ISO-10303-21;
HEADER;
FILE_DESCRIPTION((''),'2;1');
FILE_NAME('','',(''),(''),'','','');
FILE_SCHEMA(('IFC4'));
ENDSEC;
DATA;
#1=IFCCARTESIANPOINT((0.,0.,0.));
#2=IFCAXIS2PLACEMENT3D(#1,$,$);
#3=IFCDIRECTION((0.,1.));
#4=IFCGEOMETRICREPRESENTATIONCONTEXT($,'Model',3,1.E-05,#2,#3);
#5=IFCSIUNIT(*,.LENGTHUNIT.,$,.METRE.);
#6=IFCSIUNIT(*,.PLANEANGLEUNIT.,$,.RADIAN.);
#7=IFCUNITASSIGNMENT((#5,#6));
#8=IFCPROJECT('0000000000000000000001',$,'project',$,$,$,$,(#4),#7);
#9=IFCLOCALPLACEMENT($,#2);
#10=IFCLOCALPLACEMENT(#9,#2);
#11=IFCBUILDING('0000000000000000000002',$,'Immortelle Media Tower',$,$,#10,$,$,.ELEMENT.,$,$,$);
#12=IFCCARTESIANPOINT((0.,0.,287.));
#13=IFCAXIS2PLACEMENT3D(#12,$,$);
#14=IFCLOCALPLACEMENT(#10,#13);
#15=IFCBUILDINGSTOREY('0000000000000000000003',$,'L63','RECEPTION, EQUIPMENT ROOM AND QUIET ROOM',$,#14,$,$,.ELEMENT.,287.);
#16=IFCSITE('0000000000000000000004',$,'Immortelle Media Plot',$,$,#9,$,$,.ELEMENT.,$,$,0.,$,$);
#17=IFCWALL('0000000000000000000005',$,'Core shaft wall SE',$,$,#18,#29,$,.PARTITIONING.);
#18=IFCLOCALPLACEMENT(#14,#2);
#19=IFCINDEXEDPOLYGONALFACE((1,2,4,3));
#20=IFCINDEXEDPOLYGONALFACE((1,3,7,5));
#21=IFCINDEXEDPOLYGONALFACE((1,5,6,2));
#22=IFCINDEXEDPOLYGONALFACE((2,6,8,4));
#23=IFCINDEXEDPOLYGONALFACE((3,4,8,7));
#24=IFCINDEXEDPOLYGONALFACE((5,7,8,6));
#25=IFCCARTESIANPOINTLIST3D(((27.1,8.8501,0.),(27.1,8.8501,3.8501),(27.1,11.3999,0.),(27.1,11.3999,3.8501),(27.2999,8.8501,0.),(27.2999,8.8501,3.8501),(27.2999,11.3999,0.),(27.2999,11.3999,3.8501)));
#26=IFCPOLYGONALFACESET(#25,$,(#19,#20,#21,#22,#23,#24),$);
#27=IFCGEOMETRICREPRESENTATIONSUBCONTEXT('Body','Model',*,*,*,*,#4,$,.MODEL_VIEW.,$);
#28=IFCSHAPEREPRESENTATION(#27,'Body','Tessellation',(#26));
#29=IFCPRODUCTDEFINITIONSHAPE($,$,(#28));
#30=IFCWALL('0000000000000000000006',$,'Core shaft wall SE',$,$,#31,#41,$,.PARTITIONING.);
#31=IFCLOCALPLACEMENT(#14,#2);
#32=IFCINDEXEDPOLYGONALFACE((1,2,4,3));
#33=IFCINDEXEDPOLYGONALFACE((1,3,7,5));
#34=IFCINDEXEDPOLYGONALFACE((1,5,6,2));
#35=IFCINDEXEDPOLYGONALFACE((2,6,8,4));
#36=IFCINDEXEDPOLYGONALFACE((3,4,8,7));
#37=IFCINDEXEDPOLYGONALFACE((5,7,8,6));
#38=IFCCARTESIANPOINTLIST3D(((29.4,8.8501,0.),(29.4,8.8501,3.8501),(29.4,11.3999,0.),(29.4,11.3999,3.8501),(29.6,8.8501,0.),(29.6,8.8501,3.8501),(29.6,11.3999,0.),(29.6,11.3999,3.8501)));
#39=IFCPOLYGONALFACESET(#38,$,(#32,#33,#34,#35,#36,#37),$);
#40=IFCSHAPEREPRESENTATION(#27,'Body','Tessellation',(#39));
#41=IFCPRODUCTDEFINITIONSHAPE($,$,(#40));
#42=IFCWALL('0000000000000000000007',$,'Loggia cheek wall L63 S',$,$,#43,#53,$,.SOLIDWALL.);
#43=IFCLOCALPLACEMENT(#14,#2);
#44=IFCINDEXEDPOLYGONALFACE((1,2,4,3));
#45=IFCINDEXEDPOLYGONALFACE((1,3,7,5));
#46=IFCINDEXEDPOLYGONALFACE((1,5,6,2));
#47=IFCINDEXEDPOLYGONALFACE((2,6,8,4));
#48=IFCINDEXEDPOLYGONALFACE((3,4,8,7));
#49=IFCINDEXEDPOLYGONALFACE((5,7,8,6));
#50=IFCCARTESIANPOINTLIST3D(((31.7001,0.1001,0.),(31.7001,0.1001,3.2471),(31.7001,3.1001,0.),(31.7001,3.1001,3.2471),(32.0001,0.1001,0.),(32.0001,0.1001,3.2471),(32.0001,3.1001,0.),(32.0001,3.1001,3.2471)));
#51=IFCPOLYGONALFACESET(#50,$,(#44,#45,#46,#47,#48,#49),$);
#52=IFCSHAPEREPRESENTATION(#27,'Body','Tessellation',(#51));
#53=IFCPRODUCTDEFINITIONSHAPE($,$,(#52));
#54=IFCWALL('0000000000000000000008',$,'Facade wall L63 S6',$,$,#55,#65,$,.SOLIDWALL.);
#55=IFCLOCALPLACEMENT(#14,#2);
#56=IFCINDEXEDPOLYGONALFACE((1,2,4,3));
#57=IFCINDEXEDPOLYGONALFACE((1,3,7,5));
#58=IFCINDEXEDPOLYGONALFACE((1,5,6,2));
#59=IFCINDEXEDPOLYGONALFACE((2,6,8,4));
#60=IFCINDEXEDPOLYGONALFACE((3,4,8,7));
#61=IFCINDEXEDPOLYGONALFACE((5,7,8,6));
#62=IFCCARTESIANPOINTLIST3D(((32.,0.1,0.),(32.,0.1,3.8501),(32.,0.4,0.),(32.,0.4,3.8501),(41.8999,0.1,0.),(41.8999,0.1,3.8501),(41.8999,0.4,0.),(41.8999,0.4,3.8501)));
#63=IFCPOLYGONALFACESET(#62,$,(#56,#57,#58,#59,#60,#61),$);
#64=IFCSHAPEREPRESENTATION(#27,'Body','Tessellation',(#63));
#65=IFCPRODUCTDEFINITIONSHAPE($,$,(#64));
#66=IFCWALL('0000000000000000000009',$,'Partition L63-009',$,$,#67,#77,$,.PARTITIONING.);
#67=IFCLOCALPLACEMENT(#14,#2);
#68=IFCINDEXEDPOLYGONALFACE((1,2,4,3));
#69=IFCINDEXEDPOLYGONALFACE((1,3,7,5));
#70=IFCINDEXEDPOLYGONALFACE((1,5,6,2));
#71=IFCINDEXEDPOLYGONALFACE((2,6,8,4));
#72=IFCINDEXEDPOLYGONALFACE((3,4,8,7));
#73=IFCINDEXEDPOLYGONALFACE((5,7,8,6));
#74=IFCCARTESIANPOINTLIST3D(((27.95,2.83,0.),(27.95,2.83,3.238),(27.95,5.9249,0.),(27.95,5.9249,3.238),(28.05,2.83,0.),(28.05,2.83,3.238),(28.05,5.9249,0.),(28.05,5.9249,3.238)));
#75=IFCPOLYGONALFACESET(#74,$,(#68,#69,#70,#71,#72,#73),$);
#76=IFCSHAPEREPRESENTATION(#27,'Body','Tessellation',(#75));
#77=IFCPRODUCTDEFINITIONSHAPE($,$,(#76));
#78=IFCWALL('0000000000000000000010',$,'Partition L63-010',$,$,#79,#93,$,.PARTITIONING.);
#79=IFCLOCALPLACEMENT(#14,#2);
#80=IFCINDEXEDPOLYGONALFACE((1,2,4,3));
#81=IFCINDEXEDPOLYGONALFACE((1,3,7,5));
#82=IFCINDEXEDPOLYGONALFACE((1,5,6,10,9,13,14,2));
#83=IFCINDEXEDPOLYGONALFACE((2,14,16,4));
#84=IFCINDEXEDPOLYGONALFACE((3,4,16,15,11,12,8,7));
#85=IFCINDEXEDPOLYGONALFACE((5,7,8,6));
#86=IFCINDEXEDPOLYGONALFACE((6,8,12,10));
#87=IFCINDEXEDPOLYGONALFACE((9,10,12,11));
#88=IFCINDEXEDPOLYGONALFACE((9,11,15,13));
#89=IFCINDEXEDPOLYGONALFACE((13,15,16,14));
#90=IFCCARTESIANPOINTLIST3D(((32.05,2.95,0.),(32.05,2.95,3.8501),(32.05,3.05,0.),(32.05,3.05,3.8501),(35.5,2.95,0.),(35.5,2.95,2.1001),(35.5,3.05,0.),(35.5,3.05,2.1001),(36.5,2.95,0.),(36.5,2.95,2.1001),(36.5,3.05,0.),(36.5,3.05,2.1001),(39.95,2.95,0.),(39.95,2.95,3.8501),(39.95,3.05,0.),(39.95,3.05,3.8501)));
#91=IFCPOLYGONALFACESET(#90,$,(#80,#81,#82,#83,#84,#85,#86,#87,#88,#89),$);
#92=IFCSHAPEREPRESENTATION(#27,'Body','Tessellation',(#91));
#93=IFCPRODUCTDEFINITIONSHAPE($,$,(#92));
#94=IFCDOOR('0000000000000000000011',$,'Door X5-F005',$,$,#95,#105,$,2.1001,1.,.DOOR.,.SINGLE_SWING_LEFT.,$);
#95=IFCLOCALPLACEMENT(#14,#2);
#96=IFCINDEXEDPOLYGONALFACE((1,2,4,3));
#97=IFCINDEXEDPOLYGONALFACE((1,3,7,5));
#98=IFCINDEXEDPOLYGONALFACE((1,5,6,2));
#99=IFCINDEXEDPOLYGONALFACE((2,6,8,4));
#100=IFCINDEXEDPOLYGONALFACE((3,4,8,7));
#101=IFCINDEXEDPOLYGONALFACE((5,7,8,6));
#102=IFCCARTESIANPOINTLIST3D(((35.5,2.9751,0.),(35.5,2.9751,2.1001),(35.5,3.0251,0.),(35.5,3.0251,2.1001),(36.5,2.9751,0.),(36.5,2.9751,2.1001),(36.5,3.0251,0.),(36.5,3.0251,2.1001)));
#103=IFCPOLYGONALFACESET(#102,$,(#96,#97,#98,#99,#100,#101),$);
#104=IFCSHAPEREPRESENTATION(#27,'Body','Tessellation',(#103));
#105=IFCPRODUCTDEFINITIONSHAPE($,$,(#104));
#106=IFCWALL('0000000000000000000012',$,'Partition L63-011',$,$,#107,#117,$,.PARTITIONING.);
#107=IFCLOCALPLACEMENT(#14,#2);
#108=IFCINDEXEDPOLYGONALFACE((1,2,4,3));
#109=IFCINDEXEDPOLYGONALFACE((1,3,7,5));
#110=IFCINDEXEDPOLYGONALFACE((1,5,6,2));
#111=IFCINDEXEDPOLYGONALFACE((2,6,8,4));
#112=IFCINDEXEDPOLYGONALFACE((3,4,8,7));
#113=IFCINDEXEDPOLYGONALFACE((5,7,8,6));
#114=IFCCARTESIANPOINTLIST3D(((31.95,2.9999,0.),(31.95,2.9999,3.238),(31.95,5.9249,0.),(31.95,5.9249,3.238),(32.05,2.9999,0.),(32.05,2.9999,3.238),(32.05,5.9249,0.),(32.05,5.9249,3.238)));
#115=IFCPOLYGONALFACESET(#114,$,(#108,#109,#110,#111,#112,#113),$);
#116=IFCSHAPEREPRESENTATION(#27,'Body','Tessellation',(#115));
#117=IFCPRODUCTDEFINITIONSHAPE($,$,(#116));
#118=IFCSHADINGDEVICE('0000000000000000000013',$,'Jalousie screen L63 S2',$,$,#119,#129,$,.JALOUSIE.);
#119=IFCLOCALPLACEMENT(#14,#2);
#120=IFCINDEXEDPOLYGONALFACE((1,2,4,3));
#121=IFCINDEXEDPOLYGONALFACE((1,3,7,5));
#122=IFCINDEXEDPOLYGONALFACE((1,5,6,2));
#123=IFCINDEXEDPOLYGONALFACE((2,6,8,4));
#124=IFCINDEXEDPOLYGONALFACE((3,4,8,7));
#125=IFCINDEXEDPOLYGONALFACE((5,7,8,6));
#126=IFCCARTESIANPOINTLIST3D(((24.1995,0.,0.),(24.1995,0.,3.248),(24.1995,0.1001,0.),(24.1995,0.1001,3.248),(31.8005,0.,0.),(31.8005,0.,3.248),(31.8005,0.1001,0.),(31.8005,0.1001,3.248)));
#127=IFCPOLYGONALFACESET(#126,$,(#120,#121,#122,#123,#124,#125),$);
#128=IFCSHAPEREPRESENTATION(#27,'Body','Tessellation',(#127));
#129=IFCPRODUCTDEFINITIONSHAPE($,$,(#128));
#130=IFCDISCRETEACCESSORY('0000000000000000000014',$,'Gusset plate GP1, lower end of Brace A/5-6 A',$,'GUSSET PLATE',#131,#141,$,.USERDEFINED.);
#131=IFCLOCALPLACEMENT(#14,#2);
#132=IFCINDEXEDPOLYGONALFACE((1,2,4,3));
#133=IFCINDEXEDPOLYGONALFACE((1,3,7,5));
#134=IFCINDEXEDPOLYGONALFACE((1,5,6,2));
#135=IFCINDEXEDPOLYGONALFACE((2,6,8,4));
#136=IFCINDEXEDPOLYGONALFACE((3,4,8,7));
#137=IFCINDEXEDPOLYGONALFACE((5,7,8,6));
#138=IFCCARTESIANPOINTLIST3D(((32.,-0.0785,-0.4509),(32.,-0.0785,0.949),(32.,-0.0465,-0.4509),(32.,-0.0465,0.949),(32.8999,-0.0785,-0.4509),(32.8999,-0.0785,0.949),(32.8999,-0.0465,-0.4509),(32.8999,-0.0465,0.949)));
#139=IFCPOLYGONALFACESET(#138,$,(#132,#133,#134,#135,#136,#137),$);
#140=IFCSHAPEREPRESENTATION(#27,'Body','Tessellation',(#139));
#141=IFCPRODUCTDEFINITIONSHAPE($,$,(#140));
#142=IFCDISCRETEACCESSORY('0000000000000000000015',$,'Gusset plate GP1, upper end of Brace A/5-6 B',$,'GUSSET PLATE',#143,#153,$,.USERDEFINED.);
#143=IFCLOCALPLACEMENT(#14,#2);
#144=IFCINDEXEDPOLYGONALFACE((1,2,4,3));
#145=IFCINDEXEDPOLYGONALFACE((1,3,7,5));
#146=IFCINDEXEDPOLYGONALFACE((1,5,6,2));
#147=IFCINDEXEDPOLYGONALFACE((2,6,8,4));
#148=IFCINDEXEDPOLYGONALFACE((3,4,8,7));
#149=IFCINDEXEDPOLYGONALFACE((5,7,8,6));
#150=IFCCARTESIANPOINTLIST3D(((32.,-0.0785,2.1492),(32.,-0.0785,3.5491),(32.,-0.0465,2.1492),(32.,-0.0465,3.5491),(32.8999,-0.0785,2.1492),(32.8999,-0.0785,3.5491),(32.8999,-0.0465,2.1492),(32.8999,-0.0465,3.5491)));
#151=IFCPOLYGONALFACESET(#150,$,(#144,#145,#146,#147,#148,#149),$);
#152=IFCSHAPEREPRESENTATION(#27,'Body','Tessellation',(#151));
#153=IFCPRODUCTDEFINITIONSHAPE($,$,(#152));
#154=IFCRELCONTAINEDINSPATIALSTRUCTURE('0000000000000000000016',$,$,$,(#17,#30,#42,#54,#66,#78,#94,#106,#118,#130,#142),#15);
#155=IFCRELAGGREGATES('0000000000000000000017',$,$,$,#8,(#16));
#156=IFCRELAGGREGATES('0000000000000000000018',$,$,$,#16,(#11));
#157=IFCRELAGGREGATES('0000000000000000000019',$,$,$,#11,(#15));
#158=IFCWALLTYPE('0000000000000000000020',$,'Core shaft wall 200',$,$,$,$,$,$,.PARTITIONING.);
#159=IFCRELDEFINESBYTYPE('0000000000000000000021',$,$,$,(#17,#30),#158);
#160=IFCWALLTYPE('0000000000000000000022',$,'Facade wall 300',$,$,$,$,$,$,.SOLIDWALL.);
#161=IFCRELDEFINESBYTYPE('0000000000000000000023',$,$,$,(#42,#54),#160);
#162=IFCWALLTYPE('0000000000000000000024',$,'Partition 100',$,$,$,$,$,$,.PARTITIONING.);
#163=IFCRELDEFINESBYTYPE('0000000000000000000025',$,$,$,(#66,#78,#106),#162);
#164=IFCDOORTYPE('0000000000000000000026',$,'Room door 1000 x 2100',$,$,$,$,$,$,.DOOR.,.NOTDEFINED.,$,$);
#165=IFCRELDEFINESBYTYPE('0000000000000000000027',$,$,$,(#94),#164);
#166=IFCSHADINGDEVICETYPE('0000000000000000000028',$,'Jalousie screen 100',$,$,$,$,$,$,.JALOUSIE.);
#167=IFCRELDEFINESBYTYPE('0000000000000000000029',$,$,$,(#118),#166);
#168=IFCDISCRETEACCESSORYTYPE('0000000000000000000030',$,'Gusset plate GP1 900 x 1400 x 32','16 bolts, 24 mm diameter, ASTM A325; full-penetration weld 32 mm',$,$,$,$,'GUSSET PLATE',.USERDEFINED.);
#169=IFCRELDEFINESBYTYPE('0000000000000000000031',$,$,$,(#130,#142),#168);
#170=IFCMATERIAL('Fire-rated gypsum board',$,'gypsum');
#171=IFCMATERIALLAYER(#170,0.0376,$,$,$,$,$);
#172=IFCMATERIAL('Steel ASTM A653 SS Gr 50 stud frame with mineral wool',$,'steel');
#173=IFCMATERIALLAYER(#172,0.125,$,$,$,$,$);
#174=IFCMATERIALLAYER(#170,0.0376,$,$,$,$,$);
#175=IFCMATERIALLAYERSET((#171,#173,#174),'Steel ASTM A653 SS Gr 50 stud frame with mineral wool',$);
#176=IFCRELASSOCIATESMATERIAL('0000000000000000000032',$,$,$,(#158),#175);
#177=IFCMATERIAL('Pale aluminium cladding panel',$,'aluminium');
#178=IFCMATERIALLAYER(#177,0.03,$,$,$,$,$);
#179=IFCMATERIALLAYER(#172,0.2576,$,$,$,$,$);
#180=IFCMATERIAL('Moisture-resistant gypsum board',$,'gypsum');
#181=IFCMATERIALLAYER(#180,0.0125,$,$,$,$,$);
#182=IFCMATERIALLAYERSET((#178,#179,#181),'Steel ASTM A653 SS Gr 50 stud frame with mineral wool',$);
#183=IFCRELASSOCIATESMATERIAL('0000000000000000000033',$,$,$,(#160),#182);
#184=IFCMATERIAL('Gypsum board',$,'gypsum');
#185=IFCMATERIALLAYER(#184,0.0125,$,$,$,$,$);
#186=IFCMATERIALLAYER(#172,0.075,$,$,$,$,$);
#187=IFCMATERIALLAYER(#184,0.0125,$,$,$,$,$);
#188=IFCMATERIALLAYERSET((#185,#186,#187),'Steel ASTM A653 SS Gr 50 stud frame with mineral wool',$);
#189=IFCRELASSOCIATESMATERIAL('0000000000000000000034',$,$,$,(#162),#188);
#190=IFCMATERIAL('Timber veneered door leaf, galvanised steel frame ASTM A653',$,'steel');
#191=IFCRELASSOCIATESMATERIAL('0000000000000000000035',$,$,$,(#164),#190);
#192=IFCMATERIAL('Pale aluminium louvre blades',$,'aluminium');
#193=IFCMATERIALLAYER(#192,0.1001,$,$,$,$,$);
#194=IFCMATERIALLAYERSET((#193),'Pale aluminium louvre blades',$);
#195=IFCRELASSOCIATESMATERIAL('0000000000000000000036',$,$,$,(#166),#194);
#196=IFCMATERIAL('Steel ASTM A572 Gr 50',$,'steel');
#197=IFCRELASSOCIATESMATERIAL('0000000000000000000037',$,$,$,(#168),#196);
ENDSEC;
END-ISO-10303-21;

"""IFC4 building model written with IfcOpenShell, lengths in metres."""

from ifc_helpers import new_model, si_unit, direction, frame, frame_2d, origin, origin_2d, place, context, subcontext, project, spatial, rectangle, extrude, material, layer, layer_set, material_profile, profile_set, type_object, element, fill, save


model = new_model("IFC4")

# Units and contexts
model_context = context("Model", 3, precision=1e-05, world=origin(), true_north=direction((0.0, 1.0)))
body_context = subcontext(model_context, "Body", "Model", "MODEL_VIEW")
ifc_project = project(units=[si_unit("LENGTHUNIT", "METRE"), si_unit("PLANEANGLEUNIT", "RADIAN")], contexts=[model_context])

# Site, building, storey
site_placement = place(None, origin())
site = spatial("IfcSite", under=ifc_project, at=site_placement, Name="Immortelle Media Plot", CompositionType="ELEMENT", RefElevation=0.0)
building_placement = place(site_placement, origin())
building = spatial("IfcBuilding", under=site, at=building_placement, Name="Immortelle Media Tower", CompositionType="ELEMENT")
storey_placement = place(building_placement, frame((0.0, 0.0, 287.0)))
storey = spatial("IfcBuildingStorey", under=building, at=storey_placement, Name="L63", Description="RECEPTION, EQUIPMENT ROOM AND QUIET ROOM", CompositionType="ELEMENT", Elevation=287.0)

# Walls
ifc_material_1 = material(Name="Fire-rated gypsum board", Category="gypsum")
ifc_layer_1 = layer(ifc_material_1, 0.0376)
ifc_material_2 = material(Name="Steel ASTM A653 SS Gr 50 stud frame with mineral wool", Category="steel")
ifc_layer_2 = layer(ifc_material_2, 0.125)
ifc_layer_3 = layer(ifc_material_1, 0.0376)
ifc_layer_set_1 = layer_set([ifc_layer_1, ifc_layer_2, ifc_layer_3], Name="Steel ASTM A653 SS Gr 50 stud frame with mineral wool")
wall_type_1 = type_object("IfcWallType", Name="Core shaft wall 200", PredefinedType="PARTITIONING", material=ifc_layer_set_1)
for number, where, z_axis, x_axis, name in (
    (1, (27.2, 8.8501, 0.0), (0.0, 0.0, 1.0), (0.0, 1.0, 0.0), "Core shaft wall SE"),
    (2, (29.5, 8.8501, 0.0), (0.0, 0.0, 1.0), (0.0, 1.0, 0.0), "Core shaft wall SE"),
):
    element("IfcWall", number, at=place(storey_placement, frame(where, z_axis=z_axis, x_axis=x_axis)), inside=storey, type_object=wall_type_1, Name=name, PredefinedType="PARTITIONING", context=body_context, shape_type="SweptSolid", body=[
        extrude(rectangle(XDim=2.5498, YDim=0.2, at=frame_2d((1.2749, 0.0))), origin(), (0.0, 0.0, 1.0), 3.8501),
    ])
ifc_material_3 = material(Name="Pale aluminium cladding panel", Category="aluminium")
ifc_layer_4 = layer(ifc_material_3, 0.03)
ifc_layer_5 = layer(ifc_material_2, 0.2576)
ifc_material_4 = material(Name="Moisture-resistant gypsum board", Category="gypsum")
ifc_layer_6 = layer(ifc_material_4, 0.0125)
ifc_layer_set_2 = layer_set([ifc_layer_4, ifc_layer_5, ifc_layer_6], Name="Steel ASTM A653 SS Gr 50 stud frame with mineral wool")
wall_type_2 = type_object("IfcWallType", Name="Facade wall 300", PredefinedType="SOLIDWALL", material=ifc_layer_set_2)
wall_1_placement = place(storey_placement, frame((31.8501, 0.1001, 0.0), z_axis=(0.0, 0.0, 1.0), x_axis=(0.0, 1.0, 0.0)))
element("IfcWall", 3, at=wall_1_placement, inside=storey, type_object=wall_type_2, Name="Loggia cheek wall L63 S", PredefinedType="SOLIDWALL", context=body_context, shape_type="SweptSolid", body=[
    extrude(rectangle(XDim=3.0, YDim=0.3, at=frame_2d((1.5, 0.0))), origin(), (0.0, 0.0, 1.0), 3.2471),
])
wall_2_placement = place(storey_placement, frame((32.0, 0.25, 0.0), z_axis=(0.0, 0.0, 1.0), x_axis=(1.0, 0.0, 0.0)))
element("IfcWall", 4, at=wall_2_placement, inside=storey, type_object=wall_type_2, Name="Facade wall L63 S6", PredefinedType="SOLIDWALL", context=body_context, shape_type="SweptSolid", body=[
    extrude(rectangle(XDim=9.8999, YDim=0.3, at=frame_2d((4.95, 0.0))), origin(), (0.0, 0.0, 1.0), 3.8501),
])
ifc_material_5 = material(Name="Gypsum board", Category="gypsum")
ifc_layer_7 = layer(ifc_material_5, 0.0125)
ifc_layer_8 = layer(ifc_material_2, 0.075)
ifc_layer_9 = layer(ifc_material_5, 0.0125)
ifc_layer_set_3 = layer_set([ifc_layer_7, ifc_layer_8, ifc_layer_9], Name="Steel ASTM A653 SS Gr 50 stud frame with mineral wool")
wall_type_3 = type_object("IfcWallType", Name="Partition 100", PredefinedType="PARTITIONING", material=ifc_layer_set_3)
wall_3_placement = place(storey_placement, frame((28.0, 2.8301, 0.0), z_axis=(0.0, 0.0, 1.0), x_axis=(0.0, 1.0, 0.0)))
element("IfcWall", 5, at=wall_3_placement, inside=storey, type_object=wall_type_3, Name="Partition L63-009", PredefinedType="PARTITIONING", context=body_context, shape_type="SweptSolid", body=[
    extrude(rectangle(XDim=3.095, YDim=0.1001, at=frame_2d((1.5474, 0.0))), origin(), (0.0, 0.0, 1.0), 3.238),
])

# Wall, opening, door
wall_4_placement = place(storey_placement, frame((32.05, 3.0, 0.0), z_axis=(0.0, 0.0, 1.0), x_axis=(1.0, 0.0, 0.0)))
wall_4 = element("IfcWall", 6, at=wall_4_placement, inside=storey, type_object=wall_type_3, Name="Partition L63-010", PredefinedType="PARTITIONING", context=body_context, shape_type="SweptSolid", body=[
    extrude(rectangle(XDim=7.8999, YDim=0.1001, at=frame_2d((3.95, 0.0))), origin(), (0.0, 0.0, 1.0), 3.8501),
])
opening_placement = place(wall_4_placement, frame((4.45, 0.0, 0.0), z_axis=(0.0, 0.0, 1.0), x_axis=(-1.0, 0.0, 0.0)))
opening = element("IfcOpeningElement", 7, at=opening_placement, cuts=wall_4, PredefinedType="OPENING", context=body_context, shape_type="SweptSolid", body=[
    extrude(rectangle(XDim=1.0, YDim=2.1001, at=frame_2d((0.5, 1.05))), frame((0.0, 0.0601, 0.0), z_axis=(0.0, -1.0, 0.0), x_axis=(1.0, 0.0, 0.0)), (0.0, 0.0, 1.0), 0.1201),
])
ifc_material_6 = material(Name="Timber veneered door leaf, galvanised steel frame ASTM A653", Category="steel")
door_type = type_object("IfcDoorType", Name="Room door 1000 x 2100", OperationType="NOTDEFINED", PredefinedType="DOOR", material=ifc_material_6)
door_placement = place(opening_placement, origin())
door = element("IfcDoor", 8, at=door_placement, inside=storey, type_object=door_type, Name="Door X5-F005", OperationType="SINGLE_SWING_LEFT", OverallHeight=2.1001, OverallWidth=1.0, PredefinedType="DOOR", context=body_context, shape_type="SweptSolid", body=[
    extrude(rectangle(XDim=1.0, YDim=2.1001, at=frame_2d((0.5, 1.05))), frame((0.0, 0.0249, 0.0), z_axis=(0.0, -1.0, 0.0), x_axis=(1.0, 0.0, 0.0)), (0.0, 0.0, 1.0), 0.05),
])
fill(opening, door)

# Wall
wall_5_placement = place(storey_placement, frame((32.0, 3.0, 0.0), z_axis=(0.0, 0.0, 1.0), x_axis=(0.0, 1.0, 0.0)))
element("IfcWall", 9, at=wall_5_placement, inside=storey, type_object=wall_type_3, Name="Partition L63-011", PredefinedType="PARTITIONING", context=body_context, shape_type="SweptSolid", body=[
    extrude(rectangle(XDim=2.925, YDim=0.1001, at=frame_2d((1.4624, 0.0))), origin(), (0.0, 0.0, 1.0), 3.238),
])

# Shading device
ifc_material_7 = material(Name="Pale aluminium louvre blades", Category="aluminium")
ifc_layer_10 = layer(ifc_material_7, 0.1001)
ifc_layer_set_4 = layer_set([ifc_layer_10], Name="Pale aluminium louvre blades")
shading_device_type = type_object("IfcShadingDeviceType", Name="Jalousie screen 100", PredefinedType="JALOUSIE", material=ifc_layer_set_4)
shading_device_placement = place(storey_placement, frame((28.0, 0.05, 0.0), z_axis=(0.0, 0.0, 1.0), x_axis=(1.0, 0.0, 0.0)))
element("IfcShadingDevice", 10, at=shading_device_placement, inside=storey, type_object=shading_device_type, Name="Jalousie screen L63 S2", PredefinedType="JALOUSIE", context=body_context, shape_type="SweptSolid", body=[
    extrude(rectangle(XDim=7.6011, YDim=0.1001, at=origin_2d()), origin(), (0.0, 0.0, 1.0), 3.248),
])

# Discrete accessories
ifc_material_8 = material(Name="Steel ASTM A572 Gr 50", Category="steel")
ifc_material_profile_1 = material_profile(ifc_material_8, rectangle(XDim=0.032, YDim=1.3999, at=origin_2d()), Name="PL 32 x 1400")
ifc_profile_set_1 = profile_set([ifc_material_profile_1], Name="Steel ASTM A572 Gr 50")
discrete_accessory_type = type_object("IfcDiscreteAccessoryType", Name="Gusset plate GP1 900 x 1400 x 32", Description="16 bolts, 24 mm diameter, ASTM A325; full-penetration weld 32 mm", ElementType="GUSSET PLATE", PredefinedType="USERDEFINED", material=ifc_profile_set_1)
for number, where, z_axis, x_axis, name in (
    (11, (32.0, -0.0625, 0.249), (1.0, 0.0, 0.0), (0.0, 1.0, 0.0), "Gusset plate GP1, lower end of Brace A/5-6 A"),
    (12, (32.0, -0.0625, 2.8491), (1.0, 0.0, 0.0), (0.0, 1.0, 0.0), "Gusset plate GP1, upper end of Brace A/5-6 B"),
):
    element("IfcDiscreteAccessory", number, at=place(storey_placement, frame(where, z_axis=z_axis, x_axis=x_axis)), inside=storey, type_object=discrete_accessory_type, Name=name, ObjectType="GUSSET PLATE", PredefinedType="USERDEFINED", context=body_context, shape_type="SweptSolid", body=[
        extrude(rectangle(XDim=0.032, YDim=1.3999, at=origin_2d()), origin(), (0.0, 0.0, 1.0), 0.8999),
    ])

save(model, "model.ifc")
